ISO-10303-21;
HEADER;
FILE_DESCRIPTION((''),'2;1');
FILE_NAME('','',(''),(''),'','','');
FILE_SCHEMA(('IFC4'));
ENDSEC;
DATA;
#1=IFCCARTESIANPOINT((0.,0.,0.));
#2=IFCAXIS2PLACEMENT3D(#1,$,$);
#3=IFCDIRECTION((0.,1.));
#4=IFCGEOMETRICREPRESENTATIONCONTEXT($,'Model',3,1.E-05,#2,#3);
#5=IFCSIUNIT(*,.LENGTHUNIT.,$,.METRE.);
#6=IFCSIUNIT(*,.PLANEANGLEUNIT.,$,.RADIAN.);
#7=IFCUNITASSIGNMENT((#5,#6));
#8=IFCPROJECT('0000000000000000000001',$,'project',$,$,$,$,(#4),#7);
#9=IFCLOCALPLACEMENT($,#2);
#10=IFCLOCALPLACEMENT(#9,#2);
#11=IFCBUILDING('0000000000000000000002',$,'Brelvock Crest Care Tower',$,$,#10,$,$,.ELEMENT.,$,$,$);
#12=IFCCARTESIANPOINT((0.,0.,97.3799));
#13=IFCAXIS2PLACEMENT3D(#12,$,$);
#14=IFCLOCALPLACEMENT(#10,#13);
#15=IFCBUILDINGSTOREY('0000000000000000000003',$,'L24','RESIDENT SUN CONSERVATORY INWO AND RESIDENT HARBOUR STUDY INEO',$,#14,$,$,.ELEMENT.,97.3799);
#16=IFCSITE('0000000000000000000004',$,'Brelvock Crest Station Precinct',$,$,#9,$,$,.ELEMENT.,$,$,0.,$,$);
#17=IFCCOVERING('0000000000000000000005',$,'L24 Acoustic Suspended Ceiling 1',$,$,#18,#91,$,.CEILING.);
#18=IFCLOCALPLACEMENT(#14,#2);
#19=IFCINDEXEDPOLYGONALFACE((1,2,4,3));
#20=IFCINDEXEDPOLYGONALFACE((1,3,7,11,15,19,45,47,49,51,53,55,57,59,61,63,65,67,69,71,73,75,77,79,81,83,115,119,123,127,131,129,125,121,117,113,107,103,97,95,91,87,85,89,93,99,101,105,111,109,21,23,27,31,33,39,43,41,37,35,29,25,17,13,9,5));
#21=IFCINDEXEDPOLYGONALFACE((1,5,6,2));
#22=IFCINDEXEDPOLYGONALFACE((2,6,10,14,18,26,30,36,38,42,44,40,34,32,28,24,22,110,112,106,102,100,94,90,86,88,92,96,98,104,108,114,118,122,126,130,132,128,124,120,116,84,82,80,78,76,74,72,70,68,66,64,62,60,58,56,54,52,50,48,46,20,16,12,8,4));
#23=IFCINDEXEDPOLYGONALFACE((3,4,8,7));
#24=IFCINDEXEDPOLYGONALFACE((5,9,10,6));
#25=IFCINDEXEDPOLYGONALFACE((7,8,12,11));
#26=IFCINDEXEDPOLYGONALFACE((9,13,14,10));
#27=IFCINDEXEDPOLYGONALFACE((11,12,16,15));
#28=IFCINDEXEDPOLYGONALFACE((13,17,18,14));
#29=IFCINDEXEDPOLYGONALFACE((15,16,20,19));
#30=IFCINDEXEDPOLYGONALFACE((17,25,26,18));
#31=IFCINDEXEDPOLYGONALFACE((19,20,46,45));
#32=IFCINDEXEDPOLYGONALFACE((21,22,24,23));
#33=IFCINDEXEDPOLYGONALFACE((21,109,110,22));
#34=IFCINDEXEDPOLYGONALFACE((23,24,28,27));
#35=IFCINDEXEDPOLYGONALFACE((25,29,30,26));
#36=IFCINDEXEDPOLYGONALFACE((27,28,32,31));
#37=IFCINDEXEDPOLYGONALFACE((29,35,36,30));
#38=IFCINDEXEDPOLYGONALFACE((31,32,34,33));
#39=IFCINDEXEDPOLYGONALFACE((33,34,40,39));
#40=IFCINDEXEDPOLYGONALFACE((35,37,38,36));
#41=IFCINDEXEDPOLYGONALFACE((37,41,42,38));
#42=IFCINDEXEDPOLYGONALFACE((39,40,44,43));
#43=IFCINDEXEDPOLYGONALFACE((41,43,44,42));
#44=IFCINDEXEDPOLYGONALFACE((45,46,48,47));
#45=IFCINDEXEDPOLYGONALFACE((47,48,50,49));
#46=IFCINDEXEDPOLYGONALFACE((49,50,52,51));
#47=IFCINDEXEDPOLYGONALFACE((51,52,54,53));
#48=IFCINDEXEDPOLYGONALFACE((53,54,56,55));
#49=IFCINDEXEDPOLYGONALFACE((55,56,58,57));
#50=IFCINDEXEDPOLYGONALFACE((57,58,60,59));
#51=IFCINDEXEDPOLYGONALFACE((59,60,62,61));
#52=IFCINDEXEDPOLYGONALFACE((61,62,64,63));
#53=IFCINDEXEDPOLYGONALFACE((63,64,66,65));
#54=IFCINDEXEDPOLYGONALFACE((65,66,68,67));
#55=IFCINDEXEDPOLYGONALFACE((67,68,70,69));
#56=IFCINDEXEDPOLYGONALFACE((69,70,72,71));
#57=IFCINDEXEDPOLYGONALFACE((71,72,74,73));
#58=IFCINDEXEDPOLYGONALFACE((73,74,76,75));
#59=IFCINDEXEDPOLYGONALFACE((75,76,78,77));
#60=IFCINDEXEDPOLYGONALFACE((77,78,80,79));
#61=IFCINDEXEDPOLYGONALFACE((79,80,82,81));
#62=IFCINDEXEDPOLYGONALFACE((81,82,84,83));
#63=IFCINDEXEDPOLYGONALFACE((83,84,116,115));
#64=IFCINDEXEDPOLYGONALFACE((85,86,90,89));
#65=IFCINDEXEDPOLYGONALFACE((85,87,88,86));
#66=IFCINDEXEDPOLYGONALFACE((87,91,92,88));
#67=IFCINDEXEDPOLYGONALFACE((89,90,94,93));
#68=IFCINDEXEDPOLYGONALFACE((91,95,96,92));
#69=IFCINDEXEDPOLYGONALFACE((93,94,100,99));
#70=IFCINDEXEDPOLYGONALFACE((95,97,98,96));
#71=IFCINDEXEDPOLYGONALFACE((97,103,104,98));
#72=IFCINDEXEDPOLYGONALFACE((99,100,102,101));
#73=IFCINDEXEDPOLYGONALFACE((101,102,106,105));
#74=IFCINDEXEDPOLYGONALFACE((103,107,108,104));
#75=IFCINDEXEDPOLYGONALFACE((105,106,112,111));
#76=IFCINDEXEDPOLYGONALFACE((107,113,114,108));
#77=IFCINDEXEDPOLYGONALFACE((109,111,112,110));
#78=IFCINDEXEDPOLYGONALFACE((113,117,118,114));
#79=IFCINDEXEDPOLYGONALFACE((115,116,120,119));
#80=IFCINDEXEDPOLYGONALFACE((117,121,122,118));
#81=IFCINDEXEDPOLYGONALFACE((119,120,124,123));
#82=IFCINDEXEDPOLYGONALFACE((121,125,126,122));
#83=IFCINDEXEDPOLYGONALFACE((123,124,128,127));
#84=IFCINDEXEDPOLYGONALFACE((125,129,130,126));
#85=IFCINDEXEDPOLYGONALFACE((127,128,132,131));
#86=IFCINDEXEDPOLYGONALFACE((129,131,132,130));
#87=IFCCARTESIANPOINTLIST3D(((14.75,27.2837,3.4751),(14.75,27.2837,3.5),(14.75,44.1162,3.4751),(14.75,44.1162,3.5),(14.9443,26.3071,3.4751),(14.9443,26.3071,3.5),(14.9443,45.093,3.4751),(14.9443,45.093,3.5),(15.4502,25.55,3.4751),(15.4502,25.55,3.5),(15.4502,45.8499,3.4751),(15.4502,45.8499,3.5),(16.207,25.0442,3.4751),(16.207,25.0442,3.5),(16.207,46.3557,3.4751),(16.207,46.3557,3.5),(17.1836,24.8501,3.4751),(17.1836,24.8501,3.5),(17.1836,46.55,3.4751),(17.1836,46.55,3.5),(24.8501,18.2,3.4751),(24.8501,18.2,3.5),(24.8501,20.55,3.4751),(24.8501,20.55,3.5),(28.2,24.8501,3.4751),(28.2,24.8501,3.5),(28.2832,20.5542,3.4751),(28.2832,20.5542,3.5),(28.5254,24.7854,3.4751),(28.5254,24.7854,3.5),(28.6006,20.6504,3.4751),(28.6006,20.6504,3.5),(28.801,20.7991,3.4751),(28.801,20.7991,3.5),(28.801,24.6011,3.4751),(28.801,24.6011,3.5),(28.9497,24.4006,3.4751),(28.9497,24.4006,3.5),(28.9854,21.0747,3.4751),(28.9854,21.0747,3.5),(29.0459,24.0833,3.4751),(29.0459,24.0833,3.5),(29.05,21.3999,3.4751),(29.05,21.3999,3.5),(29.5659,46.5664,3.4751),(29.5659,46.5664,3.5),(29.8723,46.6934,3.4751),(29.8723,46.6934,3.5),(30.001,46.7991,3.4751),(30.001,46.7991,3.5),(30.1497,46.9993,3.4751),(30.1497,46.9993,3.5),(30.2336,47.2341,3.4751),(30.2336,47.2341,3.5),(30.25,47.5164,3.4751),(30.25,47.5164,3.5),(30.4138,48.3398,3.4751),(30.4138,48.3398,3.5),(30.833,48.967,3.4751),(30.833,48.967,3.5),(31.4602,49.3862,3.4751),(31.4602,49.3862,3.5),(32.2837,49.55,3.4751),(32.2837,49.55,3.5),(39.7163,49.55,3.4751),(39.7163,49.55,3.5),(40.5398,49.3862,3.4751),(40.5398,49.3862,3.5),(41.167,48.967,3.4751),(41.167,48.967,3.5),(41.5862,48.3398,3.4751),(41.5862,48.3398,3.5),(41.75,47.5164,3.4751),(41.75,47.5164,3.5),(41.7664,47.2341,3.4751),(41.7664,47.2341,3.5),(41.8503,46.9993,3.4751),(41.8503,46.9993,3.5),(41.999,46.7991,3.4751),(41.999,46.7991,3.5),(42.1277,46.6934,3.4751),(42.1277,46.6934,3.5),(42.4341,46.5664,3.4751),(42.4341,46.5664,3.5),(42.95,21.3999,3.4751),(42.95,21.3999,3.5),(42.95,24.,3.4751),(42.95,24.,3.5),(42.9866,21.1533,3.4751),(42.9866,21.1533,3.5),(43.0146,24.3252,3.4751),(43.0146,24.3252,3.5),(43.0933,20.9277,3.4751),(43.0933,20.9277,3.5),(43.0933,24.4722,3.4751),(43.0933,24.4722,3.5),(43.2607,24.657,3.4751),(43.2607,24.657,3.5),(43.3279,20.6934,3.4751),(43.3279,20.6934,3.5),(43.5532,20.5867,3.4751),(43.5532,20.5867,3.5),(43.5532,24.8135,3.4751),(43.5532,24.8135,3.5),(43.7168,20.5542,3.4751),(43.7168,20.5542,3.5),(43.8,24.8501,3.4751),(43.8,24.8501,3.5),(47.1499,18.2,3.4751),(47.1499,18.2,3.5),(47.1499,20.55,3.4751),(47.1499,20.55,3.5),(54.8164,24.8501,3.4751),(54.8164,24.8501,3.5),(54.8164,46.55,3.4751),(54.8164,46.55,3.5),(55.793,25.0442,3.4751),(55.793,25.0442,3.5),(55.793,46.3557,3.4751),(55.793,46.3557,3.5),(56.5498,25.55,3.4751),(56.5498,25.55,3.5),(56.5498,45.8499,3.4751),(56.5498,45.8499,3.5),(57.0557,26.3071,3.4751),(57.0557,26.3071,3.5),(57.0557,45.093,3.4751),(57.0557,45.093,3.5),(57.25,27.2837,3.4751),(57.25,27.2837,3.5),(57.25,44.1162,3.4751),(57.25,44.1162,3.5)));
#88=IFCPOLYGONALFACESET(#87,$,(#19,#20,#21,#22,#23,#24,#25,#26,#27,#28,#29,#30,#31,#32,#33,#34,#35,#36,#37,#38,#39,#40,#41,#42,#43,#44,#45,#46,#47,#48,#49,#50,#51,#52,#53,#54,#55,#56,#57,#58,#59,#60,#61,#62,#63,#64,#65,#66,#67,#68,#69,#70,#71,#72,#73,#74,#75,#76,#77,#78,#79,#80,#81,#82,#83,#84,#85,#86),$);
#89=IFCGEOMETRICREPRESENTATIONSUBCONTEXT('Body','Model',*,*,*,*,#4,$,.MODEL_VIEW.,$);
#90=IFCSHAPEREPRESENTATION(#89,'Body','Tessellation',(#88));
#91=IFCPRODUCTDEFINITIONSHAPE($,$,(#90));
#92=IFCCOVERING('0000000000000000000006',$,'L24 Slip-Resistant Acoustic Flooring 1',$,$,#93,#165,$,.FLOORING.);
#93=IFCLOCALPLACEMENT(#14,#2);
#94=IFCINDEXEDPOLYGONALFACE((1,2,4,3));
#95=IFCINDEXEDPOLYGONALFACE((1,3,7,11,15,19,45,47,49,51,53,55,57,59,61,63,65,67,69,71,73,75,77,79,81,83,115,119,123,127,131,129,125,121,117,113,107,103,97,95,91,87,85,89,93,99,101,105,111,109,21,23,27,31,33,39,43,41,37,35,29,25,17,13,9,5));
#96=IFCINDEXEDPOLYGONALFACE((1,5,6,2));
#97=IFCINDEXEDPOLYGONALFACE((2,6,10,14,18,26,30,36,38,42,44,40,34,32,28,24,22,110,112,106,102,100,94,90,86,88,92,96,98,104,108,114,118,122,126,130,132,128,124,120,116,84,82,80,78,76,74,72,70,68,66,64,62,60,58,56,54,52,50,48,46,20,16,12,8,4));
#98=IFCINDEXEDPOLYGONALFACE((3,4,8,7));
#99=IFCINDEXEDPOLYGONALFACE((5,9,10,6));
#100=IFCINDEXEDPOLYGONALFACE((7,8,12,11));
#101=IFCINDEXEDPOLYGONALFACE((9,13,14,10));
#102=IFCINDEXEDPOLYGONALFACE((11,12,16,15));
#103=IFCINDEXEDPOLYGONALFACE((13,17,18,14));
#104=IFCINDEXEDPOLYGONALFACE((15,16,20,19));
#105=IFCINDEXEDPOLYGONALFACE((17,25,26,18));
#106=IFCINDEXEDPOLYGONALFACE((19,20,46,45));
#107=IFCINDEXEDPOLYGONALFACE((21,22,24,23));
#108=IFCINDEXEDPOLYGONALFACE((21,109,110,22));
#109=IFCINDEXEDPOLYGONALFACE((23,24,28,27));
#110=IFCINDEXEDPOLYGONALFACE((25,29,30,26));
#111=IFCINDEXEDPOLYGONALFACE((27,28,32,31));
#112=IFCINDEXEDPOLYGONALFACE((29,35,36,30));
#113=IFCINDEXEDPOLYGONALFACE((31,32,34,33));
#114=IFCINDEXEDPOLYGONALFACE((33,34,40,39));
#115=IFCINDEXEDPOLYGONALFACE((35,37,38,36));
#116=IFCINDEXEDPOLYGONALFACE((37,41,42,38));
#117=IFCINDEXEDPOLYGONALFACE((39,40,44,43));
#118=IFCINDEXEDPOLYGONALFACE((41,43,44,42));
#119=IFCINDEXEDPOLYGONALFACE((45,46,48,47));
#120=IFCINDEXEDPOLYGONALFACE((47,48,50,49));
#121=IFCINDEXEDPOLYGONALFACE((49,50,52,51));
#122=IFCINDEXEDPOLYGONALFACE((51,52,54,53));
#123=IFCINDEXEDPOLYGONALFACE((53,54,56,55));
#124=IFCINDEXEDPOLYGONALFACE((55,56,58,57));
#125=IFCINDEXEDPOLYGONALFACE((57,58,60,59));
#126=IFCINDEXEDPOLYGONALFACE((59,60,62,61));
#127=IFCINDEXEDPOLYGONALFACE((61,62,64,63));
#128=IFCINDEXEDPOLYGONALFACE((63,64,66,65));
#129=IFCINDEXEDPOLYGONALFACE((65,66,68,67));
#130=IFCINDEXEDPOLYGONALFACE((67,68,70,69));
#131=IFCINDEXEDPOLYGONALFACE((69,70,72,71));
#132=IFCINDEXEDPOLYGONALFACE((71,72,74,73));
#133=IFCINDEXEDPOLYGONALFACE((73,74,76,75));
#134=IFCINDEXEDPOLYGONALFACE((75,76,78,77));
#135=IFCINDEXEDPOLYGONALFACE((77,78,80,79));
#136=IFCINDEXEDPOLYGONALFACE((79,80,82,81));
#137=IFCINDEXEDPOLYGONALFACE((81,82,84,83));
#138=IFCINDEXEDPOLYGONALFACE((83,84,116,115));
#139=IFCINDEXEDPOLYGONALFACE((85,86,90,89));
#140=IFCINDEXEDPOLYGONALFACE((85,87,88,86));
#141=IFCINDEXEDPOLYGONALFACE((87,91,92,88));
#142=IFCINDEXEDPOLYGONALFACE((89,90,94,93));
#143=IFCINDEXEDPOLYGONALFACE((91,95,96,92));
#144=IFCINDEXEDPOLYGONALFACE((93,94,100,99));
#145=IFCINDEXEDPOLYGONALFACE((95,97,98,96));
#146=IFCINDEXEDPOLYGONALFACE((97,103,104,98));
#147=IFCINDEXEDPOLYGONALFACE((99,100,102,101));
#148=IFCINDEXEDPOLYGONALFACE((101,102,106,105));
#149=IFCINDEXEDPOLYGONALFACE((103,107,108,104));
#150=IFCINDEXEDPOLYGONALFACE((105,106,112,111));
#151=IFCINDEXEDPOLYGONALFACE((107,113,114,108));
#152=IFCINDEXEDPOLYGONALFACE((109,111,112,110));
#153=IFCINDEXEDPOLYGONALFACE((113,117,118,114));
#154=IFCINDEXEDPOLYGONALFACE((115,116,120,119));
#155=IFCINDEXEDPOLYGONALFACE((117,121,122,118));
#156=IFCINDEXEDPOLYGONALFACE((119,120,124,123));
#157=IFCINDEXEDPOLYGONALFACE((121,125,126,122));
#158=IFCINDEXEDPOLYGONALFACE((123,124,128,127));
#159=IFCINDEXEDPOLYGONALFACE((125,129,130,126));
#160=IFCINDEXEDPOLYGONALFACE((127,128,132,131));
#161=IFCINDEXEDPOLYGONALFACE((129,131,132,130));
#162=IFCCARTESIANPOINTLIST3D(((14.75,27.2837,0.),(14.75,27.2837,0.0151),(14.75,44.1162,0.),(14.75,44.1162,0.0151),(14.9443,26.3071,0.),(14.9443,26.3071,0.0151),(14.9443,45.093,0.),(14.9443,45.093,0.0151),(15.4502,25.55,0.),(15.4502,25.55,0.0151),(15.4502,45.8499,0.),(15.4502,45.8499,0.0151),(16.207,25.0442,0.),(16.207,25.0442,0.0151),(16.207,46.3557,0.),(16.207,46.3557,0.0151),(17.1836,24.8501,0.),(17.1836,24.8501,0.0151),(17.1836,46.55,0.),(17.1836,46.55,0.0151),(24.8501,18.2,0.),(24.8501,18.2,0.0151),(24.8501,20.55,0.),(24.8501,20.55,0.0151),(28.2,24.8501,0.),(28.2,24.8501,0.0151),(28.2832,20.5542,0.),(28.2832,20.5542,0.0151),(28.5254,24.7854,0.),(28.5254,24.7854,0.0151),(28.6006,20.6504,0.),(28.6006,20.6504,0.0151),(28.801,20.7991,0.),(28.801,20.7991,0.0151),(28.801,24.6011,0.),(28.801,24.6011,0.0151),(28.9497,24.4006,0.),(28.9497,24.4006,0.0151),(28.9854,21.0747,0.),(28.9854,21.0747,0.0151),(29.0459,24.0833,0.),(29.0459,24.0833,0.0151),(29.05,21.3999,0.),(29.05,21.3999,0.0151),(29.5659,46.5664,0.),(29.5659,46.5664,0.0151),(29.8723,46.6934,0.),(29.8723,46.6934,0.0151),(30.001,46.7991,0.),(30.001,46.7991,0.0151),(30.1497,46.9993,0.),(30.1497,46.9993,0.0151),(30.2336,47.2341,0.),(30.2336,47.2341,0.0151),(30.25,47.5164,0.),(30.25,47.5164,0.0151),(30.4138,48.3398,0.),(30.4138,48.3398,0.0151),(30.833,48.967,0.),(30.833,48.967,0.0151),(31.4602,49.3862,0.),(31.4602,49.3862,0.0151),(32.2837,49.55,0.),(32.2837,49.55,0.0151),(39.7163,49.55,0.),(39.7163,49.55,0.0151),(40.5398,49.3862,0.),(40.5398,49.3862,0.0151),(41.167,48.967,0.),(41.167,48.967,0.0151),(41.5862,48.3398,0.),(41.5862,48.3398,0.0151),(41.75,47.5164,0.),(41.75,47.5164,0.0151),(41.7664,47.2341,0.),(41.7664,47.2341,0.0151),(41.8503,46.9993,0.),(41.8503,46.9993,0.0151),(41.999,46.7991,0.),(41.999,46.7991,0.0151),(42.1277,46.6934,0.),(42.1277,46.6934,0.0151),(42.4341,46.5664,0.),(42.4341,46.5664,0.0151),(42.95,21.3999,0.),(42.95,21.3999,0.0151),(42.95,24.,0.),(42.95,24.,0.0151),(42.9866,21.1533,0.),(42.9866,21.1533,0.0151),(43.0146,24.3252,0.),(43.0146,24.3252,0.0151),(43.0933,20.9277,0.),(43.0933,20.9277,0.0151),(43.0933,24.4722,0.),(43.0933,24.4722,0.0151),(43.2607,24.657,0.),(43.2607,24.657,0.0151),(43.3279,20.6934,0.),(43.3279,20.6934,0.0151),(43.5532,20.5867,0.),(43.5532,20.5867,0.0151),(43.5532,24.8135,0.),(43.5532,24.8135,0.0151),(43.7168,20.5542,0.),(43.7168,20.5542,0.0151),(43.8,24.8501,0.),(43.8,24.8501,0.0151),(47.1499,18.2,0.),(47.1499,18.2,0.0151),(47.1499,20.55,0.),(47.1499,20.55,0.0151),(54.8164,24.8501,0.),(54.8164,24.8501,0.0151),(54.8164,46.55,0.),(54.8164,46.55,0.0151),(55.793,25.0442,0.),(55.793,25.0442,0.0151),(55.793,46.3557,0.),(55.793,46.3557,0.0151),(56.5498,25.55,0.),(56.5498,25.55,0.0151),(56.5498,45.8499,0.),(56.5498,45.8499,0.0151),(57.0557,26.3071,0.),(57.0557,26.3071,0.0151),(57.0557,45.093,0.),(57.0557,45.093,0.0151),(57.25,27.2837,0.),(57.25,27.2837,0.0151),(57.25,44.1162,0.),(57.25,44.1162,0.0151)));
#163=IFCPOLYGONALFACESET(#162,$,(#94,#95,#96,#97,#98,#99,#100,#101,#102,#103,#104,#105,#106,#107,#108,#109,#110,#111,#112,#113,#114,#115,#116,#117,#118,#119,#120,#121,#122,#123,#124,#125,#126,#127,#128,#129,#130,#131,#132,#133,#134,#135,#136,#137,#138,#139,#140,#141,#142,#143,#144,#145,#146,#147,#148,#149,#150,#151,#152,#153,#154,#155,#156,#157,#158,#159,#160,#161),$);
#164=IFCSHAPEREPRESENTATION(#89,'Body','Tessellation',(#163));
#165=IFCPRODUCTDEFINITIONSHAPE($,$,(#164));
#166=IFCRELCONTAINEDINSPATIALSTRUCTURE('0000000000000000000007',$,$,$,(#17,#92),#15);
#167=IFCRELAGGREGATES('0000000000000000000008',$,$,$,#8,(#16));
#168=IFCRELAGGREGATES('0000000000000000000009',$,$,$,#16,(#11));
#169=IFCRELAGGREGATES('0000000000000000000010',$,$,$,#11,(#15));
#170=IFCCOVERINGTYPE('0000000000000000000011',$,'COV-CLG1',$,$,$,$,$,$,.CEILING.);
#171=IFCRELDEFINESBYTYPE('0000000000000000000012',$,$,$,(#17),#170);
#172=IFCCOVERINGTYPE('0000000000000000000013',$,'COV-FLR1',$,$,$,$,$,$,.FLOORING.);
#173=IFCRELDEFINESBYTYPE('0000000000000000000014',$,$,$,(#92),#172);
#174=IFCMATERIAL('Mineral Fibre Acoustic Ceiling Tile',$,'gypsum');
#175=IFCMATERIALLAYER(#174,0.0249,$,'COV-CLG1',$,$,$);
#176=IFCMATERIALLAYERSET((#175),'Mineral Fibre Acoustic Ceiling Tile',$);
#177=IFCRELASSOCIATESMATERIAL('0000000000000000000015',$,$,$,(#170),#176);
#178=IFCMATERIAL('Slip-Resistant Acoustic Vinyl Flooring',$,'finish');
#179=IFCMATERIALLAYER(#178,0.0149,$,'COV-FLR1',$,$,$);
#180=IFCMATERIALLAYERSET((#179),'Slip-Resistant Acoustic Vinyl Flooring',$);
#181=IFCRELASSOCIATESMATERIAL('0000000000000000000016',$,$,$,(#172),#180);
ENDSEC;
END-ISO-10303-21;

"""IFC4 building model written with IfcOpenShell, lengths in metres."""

from ifc_helpers import new_model, si_unit, direction, frame, origin, place, context, subcontext, project, spatial, polyline, outline, extrude, material, layer, layer_set, type_object, element, save


model = new_model("IFC4")

# Units and contexts
model_context = context("Model", 3, precision=1e-05, world=origin(), true_north=direction((0.0, 1.0)))
body_context = subcontext(model_context, "Body", "Model", "MODEL_VIEW")
ifc_project = project(units=[si_unit("LENGTHUNIT", "METRE"), si_unit("PLANEANGLEUNIT", "RADIAN")], contexts=[model_context])

# Site, building, storey
site_placement = place(None, origin())
site = spatial("IfcSite", under=ifc_project, at=site_placement, Name="Brelvock Crest Station Precinct", CompositionType="ELEMENT", RefElevation=0.0)
building_placement = place(site_placement, origin())
building = spatial("IfcBuilding", under=site, at=building_placement, Name="Brelvock Crest Care Tower", CompositionType="ELEMENT")
storey_placement = place(building_placement, frame((0.0, 0.0, 97.3799)))
storey = spatial("IfcBuildingStorey", under=building, at=storey_placement, Name="L24", Description="RESIDENT SUN CONSERVATORY INWO AND RESIDENT HARBOUR STUDY INEO", CompositionType="ELEMENT", Elevation=97.3799)

# Coverings
ifc_material_1 = material(Name="Mineral Fibre Acoustic Ceiling Tile", Category="gypsum")
ifc_layer_1 = layer(ifc_material_1, 0.0249, Name="COV-CLG1")
ifc_layer_set_1 = layer_set([ifc_layer_1], Name="Mineral Fibre Acoustic Ceiling Tile")
covering_type_1 = type_object("IfcCoveringType", Name="COV-CLG1", PredefinedType="CEILING", material=ifc_layer_set_1)
covering_1_placement = place(storey_placement, frame((0.0, 0.0, 3.4751)))
element("IfcCovering", 1, at=covering_1_placement, inside=storey, type_object=covering_type_1, Name="L24 Acoustic Suspended Ceiling 1", PredefinedType="CEILING", context=body_context, shape_type="SweptSolid", body=[
    extrude(outline(polyline([(24.8501, 18.2), (47.1499, 18.2), (47.1499, 20.55), (43.7168, 20.5542), (43.5532, 20.5867), (43.3279, 20.6934), (43.0933, 20.9277), (42.9866, 21.1533), (42.95, 21.3999), (42.95, 24.0), (43.0146, 24.3252), (43.0933, 24.4722), (43.2607, 24.657), (43.5532, 24.8135), (43.8, 24.8501), (54.8164, 24.8501), (55.793, 25.0442), (56.5498, 25.55), (57.0557, 26.3071), (57.25, 27.2837), (57.25, 44.1162), (57.0557, 45.093), (56.5498, 45.8499), (55.793, 46.3557), (54.8164, 46.55), (42.4341, 46.5664), (42.1277, 46.6934), (41.999, 46.7991), (41.8503, 46.9993), (41.7664, 47.2341), (41.75, 47.5164), (41.5862, 48.3398), (41.167, 48.967), (40.5398, 49.3862), (39.7163, 49.55), (32.2837, 49.55), (31.4602, 49.3862), (30.833, 48.967), (30.4138, 48.3398), (30.25, 47.5164), (30.2336, 47.2341), (30.1497, 46.9993), (30.001, 46.7991), (29.8723, 46.6934), (29.5659, 46.5664), (17.1836, 46.55), (16.207, 46.3557), (15.4502, 45.8499), (14.9443, 45.093), (14.75, 44.1162), (14.75, 27.2837), (14.9443, 26.3071), (15.4502, 25.55), (16.207, 25.0442), (17.1836, 24.8501), (28.2, 24.8501), (28.5254, 24.7854), (28.801, 24.6011), (28.9497, 24.4006), (29.0459, 24.0833), (29.05, 21.3999), (28.9854, 21.0747), (28.801, 20.7991), (28.6006, 20.6504), (28.2832, 20.5542), (24.8501, 20.55), (24.8501, 18.2)])), origin(), (0.0, 0.0, 1.0), 0.0249),
])
ifc_material_2 = material(Name="Slip-Resistant Acoustic Vinyl Flooring", Category="finish")
ifc_layer_2 = layer(ifc_material_2, 0.0149, Name="COV-FLR1")
ifc_layer_set_2 = layer_set([ifc_layer_2], Name="Slip-Resistant Acoustic Vinyl Flooring")
covering_type_2 = type_object("IfcCoveringType", Name="COV-FLR1", PredefinedType="FLOORING", material=ifc_layer_set_2)
covering_2_placement = place(storey_placement, origin())
element("IfcCovering", 2, at=covering_2_placement, inside=storey, type_object=covering_type_2, Name="L24 Slip-Resistant Acoustic Flooring 1", PredefinedType="FLOORING", context=body_context, shape_type="SweptSolid", body=[
    extrude(outline(polyline([(24.8501, 18.2), (47.1499, 18.2), (47.1499, 20.55), (43.7168, 20.5542), (43.5532, 20.5867), (43.3279, 20.6934), (43.0933, 20.9277), (42.9866, 21.1533), (42.95, 21.3999), (42.95, 24.0), (43.0146, 24.3252), (43.0933, 24.4722), (43.2607, 24.657), (43.5532, 24.8135), (43.8, 24.8501), (54.8164, 24.8501), (55.793, 25.0442), (56.5498, 25.55), (57.0557, 26.3071), (57.25, 27.2837), (57.25, 44.1162), (57.0557, 45.093), (56.5498, 45.8499), (55.793, 46.3557), (54.8164, 46.55), (42.4341, 46.5664), (42.1277, 46.6934), (41.999, 46.7991), (41.8503, 46.9993), (41.7664, 47.2341), (41.75, 47.5164), (41.5862, 48.3398), (41.167, 48.967), (40.5398, 49.3862), (39.7163, 49.55), (32.2837, 49.55), (31.4602, 49.3862), (30.833, 48.967), (30.4138, 48.3398), (30.25, 47.5164), (30.2336, 47.2341), (30.1497, 46.9993), (30.001, 46.7991), (29.8723, 46.6934), (29.5659, 46.5664), (17.1836, 46.55), (16.207, 46.3557), (15.4502, 45.8499), (14.9443, 45.093), (14.75, 44.1162), (14.75, 27.2837), (14.9443, 26.3071), (15.4502, 25.55), (16.207, 25.0442), (17.1836, 24.8501), (28.2, 24.8501), (28.5254, 24.7854), (28.801, 24.6011), (28.9497, 24.4006), (29.0459, 24.0833), (29.05, 21.3999), (28.9854, 21.0747), (28.801, 20.7991), (28.6006, 20.6504), (28.2832, 20.5542), (24.8501, 20.55), (24.8501, 18.2)])), origin(), (0.0, 0.0, 1.0), 0.0151),
])

save(model, "model.ifc")
